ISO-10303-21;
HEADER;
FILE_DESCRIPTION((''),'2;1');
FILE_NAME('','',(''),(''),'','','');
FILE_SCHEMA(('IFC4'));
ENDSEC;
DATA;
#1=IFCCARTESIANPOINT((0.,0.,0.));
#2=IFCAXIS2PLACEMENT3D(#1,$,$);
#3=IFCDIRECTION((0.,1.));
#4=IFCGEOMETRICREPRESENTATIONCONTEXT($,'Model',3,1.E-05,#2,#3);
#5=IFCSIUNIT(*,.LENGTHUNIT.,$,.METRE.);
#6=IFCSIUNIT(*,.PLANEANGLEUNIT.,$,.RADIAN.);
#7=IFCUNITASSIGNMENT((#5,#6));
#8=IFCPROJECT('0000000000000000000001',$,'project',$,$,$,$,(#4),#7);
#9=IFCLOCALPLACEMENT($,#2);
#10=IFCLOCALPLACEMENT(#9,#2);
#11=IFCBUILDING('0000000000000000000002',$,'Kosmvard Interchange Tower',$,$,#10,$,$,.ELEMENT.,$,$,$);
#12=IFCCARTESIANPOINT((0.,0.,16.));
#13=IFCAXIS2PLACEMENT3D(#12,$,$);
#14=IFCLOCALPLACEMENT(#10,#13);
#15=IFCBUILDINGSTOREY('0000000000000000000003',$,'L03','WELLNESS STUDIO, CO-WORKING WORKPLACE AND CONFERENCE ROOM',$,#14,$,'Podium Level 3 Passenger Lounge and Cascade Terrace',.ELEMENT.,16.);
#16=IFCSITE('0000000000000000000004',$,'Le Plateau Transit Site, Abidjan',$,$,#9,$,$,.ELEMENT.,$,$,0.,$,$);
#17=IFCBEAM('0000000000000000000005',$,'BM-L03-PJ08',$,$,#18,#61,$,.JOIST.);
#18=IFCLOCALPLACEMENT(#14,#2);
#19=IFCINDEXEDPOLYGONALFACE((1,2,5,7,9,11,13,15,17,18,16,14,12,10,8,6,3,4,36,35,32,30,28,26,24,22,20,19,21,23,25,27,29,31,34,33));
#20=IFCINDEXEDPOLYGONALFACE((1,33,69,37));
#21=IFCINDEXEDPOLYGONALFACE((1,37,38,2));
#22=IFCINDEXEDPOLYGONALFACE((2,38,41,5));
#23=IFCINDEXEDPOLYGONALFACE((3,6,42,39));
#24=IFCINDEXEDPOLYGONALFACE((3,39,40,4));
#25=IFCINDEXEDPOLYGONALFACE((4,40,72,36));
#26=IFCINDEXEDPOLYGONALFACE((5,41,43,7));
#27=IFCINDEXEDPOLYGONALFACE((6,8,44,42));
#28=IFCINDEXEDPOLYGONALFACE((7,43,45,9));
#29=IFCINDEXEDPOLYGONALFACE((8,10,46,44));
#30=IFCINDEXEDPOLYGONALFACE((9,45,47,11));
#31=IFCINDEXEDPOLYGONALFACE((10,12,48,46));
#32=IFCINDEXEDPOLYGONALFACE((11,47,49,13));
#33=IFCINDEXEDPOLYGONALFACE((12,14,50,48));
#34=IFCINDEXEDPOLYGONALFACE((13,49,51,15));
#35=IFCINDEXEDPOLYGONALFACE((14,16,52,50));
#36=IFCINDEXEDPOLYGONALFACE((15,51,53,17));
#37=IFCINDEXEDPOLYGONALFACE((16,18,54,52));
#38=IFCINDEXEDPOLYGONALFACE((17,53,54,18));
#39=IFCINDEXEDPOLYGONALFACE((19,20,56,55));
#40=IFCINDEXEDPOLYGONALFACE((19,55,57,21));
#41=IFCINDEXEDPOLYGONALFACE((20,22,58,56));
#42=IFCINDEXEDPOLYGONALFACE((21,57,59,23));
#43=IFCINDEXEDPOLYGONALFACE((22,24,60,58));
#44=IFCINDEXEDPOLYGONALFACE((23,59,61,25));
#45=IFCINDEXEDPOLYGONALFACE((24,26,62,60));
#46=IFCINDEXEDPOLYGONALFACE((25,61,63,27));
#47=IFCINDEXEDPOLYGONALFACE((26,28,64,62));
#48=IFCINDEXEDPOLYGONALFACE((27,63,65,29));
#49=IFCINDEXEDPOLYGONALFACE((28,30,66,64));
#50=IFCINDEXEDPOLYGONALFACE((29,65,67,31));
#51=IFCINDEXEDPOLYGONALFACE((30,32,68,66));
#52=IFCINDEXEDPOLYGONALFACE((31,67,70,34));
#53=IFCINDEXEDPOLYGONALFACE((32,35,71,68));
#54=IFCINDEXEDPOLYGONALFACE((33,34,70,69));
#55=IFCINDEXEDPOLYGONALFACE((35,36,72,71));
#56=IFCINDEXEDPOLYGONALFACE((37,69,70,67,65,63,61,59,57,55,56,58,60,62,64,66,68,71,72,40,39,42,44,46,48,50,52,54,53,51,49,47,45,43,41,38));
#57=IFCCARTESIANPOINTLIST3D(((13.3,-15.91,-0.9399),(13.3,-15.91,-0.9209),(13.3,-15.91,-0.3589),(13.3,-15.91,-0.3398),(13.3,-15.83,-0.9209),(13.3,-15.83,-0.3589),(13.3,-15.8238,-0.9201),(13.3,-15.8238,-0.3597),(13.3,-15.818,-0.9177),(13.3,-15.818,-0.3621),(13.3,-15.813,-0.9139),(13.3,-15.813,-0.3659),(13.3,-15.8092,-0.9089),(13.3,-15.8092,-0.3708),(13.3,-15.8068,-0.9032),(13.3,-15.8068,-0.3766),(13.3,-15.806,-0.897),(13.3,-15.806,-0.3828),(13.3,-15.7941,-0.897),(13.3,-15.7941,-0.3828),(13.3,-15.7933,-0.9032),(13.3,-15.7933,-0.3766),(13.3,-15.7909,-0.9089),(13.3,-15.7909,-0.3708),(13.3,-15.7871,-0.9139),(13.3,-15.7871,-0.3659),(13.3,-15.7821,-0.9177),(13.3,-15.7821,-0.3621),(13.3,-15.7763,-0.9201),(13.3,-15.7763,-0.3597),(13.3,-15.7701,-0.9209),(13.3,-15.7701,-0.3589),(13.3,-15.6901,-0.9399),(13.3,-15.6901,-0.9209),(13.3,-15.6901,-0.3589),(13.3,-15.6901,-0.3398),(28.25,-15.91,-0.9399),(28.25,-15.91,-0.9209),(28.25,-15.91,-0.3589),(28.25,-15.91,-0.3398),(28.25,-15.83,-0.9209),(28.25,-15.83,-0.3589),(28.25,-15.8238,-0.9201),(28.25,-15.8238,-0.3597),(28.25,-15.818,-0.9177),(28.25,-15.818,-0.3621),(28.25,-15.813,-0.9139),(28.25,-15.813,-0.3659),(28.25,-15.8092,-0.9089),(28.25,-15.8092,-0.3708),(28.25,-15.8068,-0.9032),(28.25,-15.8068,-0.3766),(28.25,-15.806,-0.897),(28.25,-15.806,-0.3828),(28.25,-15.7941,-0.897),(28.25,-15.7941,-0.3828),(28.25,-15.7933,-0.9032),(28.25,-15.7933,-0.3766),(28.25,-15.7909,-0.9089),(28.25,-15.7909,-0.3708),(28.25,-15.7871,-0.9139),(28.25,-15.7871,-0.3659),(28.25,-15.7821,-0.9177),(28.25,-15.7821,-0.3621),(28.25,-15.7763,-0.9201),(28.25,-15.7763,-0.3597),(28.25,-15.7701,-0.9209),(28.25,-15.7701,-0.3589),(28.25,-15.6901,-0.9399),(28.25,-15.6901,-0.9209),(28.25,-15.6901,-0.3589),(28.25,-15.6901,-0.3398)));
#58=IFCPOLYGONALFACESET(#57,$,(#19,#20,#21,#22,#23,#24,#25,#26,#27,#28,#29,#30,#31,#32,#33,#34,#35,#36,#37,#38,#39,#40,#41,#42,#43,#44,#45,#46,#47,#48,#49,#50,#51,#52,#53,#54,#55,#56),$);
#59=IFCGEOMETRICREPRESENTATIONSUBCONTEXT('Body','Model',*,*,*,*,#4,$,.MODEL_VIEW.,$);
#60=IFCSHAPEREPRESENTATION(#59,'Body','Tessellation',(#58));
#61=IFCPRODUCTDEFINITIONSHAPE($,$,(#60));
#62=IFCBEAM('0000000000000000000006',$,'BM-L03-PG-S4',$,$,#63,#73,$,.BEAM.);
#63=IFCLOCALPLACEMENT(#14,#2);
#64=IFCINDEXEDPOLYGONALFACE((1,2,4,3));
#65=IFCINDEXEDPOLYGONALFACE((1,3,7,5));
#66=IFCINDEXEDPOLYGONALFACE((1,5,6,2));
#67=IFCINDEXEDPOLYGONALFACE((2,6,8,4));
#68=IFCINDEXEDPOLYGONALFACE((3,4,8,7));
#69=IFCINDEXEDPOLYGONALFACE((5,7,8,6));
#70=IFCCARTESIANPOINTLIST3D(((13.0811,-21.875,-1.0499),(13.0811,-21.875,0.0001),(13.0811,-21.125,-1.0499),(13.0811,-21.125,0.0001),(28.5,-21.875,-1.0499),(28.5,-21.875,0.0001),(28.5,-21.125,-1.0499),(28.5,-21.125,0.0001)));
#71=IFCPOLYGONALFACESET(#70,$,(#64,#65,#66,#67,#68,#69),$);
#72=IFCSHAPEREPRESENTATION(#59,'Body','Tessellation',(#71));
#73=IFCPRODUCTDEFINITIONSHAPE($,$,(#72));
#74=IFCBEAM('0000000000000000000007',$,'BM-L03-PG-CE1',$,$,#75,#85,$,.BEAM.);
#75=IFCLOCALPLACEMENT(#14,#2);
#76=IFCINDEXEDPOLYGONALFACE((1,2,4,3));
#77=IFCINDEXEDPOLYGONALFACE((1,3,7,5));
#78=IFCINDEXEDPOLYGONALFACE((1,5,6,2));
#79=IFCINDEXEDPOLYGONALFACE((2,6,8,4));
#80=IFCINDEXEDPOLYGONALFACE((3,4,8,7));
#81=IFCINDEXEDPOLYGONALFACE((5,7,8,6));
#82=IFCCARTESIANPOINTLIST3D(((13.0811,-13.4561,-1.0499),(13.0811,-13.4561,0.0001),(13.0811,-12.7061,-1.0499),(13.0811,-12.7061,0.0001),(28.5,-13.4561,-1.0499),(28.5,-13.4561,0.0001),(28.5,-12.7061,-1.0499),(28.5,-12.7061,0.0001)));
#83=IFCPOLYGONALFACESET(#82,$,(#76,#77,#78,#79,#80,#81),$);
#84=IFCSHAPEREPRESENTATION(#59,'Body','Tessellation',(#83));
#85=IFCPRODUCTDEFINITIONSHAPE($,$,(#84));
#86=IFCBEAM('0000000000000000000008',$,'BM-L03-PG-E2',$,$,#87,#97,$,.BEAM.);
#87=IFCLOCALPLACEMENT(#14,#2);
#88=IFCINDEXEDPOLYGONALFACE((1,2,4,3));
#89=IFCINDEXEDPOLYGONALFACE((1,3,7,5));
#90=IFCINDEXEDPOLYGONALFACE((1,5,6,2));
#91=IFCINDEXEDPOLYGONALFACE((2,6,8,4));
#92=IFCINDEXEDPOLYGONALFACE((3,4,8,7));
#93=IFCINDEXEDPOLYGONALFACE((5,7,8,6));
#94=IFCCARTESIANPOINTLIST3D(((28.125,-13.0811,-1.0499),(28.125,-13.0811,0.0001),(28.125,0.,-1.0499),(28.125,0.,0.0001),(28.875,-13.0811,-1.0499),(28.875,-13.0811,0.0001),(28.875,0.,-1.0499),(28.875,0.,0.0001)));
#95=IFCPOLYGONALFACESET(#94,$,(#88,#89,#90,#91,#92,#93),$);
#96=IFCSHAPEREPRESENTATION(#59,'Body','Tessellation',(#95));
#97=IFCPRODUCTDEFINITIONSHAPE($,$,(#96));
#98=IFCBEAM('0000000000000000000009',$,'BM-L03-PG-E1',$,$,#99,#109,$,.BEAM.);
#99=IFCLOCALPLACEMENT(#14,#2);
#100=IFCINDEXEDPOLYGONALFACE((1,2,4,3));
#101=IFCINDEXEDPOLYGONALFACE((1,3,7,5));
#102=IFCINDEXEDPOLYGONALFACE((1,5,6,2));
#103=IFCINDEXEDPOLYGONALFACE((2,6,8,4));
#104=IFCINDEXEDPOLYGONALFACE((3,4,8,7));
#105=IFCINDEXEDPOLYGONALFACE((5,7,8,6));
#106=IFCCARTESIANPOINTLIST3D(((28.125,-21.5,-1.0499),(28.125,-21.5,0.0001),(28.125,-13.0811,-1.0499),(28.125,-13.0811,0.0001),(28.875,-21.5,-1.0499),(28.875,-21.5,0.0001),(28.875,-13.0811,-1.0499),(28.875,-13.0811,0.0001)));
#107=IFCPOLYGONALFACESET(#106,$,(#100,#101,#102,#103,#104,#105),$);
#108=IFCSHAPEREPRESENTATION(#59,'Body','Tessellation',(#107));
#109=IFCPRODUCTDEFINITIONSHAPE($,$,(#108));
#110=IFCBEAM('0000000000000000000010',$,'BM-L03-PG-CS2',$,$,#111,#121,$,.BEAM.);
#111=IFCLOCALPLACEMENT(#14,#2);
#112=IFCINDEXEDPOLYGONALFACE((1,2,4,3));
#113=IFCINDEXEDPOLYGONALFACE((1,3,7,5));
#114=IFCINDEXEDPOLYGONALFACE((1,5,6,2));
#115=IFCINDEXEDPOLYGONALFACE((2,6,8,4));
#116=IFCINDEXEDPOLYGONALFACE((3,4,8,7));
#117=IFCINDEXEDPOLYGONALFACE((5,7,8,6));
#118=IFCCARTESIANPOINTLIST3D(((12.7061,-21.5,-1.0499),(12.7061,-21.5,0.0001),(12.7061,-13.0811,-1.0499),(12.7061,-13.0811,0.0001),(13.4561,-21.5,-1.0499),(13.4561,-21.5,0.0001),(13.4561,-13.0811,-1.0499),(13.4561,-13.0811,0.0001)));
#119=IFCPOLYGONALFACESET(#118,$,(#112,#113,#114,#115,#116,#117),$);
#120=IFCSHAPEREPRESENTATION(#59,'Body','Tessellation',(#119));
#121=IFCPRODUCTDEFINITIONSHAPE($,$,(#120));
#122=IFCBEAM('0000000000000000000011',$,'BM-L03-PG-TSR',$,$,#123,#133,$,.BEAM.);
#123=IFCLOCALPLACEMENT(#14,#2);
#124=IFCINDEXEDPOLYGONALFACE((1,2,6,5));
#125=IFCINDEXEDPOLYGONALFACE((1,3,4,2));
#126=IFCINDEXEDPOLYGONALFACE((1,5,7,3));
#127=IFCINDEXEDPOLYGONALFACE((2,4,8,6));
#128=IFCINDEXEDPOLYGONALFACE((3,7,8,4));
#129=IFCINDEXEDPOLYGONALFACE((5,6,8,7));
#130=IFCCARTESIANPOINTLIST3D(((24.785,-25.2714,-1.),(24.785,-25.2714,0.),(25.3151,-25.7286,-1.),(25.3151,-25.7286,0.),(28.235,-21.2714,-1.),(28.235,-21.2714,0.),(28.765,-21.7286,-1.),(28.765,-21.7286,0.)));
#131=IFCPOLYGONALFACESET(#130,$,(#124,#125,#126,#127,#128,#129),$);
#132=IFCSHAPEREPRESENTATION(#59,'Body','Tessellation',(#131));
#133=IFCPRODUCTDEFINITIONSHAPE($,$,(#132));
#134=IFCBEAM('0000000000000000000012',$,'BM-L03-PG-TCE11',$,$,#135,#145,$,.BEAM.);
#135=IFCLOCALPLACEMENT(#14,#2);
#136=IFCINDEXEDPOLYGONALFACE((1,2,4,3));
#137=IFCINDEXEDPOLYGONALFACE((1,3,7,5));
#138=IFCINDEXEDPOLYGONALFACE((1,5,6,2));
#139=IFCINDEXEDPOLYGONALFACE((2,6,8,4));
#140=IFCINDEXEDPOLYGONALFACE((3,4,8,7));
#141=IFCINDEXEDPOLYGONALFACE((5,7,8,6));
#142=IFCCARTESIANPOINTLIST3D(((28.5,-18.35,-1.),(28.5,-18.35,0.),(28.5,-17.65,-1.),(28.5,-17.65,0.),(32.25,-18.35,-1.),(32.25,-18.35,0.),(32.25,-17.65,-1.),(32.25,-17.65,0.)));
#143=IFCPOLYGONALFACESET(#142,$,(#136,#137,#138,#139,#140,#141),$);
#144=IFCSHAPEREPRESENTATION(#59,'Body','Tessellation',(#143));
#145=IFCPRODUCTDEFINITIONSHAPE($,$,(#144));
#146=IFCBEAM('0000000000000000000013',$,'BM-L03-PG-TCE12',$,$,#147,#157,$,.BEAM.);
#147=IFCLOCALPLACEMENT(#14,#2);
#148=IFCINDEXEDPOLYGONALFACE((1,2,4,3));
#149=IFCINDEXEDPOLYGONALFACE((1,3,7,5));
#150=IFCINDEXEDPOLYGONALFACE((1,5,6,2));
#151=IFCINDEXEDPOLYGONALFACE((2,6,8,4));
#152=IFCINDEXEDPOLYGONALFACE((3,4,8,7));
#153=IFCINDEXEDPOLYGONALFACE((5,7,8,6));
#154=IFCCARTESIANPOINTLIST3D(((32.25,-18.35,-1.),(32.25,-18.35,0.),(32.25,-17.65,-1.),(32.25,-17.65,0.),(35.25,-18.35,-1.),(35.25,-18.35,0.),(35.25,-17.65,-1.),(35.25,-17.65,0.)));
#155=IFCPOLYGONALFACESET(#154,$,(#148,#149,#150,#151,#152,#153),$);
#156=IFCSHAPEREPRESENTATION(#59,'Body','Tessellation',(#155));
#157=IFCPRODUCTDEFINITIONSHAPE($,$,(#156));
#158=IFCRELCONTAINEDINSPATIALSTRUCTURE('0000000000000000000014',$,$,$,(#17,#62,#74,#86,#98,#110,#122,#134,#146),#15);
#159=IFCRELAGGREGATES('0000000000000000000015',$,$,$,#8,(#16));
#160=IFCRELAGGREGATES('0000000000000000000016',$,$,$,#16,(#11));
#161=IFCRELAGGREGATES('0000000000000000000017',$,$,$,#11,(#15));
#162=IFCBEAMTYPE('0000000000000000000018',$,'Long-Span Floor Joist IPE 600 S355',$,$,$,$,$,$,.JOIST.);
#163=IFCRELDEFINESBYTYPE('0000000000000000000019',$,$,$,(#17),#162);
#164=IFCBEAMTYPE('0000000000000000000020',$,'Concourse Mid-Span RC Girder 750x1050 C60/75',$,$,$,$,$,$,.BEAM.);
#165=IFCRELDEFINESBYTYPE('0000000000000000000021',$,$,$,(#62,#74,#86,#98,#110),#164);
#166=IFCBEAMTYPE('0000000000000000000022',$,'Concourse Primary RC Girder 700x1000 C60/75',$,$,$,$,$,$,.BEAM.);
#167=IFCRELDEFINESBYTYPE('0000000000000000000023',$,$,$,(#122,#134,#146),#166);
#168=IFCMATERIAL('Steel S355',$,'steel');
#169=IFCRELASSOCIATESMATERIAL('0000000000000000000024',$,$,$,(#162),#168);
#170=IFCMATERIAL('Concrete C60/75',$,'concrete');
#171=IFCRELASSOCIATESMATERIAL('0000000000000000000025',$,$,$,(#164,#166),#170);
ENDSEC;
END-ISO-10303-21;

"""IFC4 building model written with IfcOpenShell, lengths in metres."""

from ifc_helpers import new_model, si_unit, direction, frame, origin, origin_2d, place, context, subcontext, project, spatial, rectangle, i_section, extrude, source, transform, mapped, material, material_profile, profile_set, type_object, element, save


model = new_model("IFC4")

# Units and contexts
model_context = context("Model", 3, precision=1e-05, world=origin(), true_north=direction((0.0, 1.0)))
body_context = subcontext(model_context, "Body", "Model", "MODEL_VIEW")
ifc_project = project(units=[si_unit("LENGTHUNIT", "METRE"), si_unit("PLANEANGLEUNIT", "RADIAN")], contexts=[model_context])

# Site, building, storey
site_placement = place(None, origin())
site = spatial("IfcSite", under=ifc_project, at=site_placement, Name="Le Plateau Transit Site, Abidjan", CompositionType="ELEMENT", RefElevation=0.0)
building_placement = place(site_placement, origin())
building = spatial("IfcBuilding", under=site, at=building_placement, Name="Kosmvard Interchange Tower", CompositionType="ELEMENT")
storey_placement = place(building_placement, frame((0.0, 0.0, 16.0)))
storey = spatial("IfcBuildingStorey", under=building, at=storey_placement, Name="L03", Description="WELLNESS STUDIO, CO-WORKING WORKPLACE AND CONFERENCE ROOM", LongName="Podium Level 3 Passenger Lounge and Cascade Terrace", CompositionType="ELEMENT", Elevation=16.0)

# Shared definitions
ifc_material_1 = material(Name="Concrete C60/75", Category="concrete")

# Beams
ifc_material_2 = material(Name="Steel S355", Category="steel")
ifc_material_profile_1 = material_profile(ifc_material_2, i_section(OverallWidth=0.22, OverallDepth=0.6001, WebThickness=0.012, FlangeThickness=0.019, FilletRadius=0.0239, at=origin_2d()), Name="IPE 600")
ifc_profile_set_1 = profile_set([ifc_material_profile_1], Name="Steel S355")
beam_type_1 = type_object("IfcBeamType", Name="Long-Span Floor Joist IPE 600 S355", PredefinedType="JOIST", material=ifc_profile_set_1)
shared_shape_1 = source(origin(), body_context, "Body", "SweptSolid", [
    extrude(i_section(OverallWidth=0.22, OverallDepth=0.6001, WebThickness=0.012, FlangeThickness=0.019, FilletRadius=0.0239, at=origin_2d()), origin(), (0.0, 0.0, 1.0), 14.95),
])
for number, where, z_axis, x_axis, name in (
    (1, (13.3, -15.8, -0.6399), (1.0, 0.0, 0.0), (0.0, 1.0, 0.0), "BM-L03-PJ08"),
):
    element("IfcBeam", number, at=place(storey_placement, frame(where, z_axis=z_axis, x_axis=x_axis)), inside=storey, type_object=beam_type_1, Name=name, PredefinedType="JOIST", context=body_context, shape_type="MappedRepresentation", body=[
        mapped(shared_shape_1, transform((0.0, 0.0, 0.0), scale=1.0)),
    ])
ifc_material_profile_2 = material_profile(ifc_material_1, rectangle(XDim=0.75, YDim=1.05, at=origin_2d()), Name="RCG 750x1050")
ifc_profile_set_2 = profile_set([ifc_material_profile_2], Name="Concrete C60/75")
beam_type_2 = type_object("IfcBeamType", Name="Concourse Mid-Span RC Girder 750x1050 C60/75", PredefinedType="BEAM", material=ifc_profile_set_2)
shared_shape_2 = source(origin(), body_context, "Body", "SweptSolid", [
    extrude(rectangle(XDim=0.75, YDim=1.05, at=origin_2d()), origin(), (0.0, 0.0, 1.0), 15.4189),
])
for number, where, z_axis, x_axis, name in (
    (2, (13.0811, -21.5, -0.5249), (1.0, 0.0, 0.0), (0.0, 1.0, 0.0), "BM-L03-PG-S4"),
    (3, (28.5, -13.0811, -0.5249), (-1.0, 0.0, 0.0), (0.0, -1.0, 0.0), "BM-L03-PG-CE1"),
):
    element("IfcBeam", number, at=place(storey_placement, frame(where, z_axis=z_axis, x_axis=x_axis)), inside=storey, type_object=beam_type_2, Name=name, PredefinedType="BEAM", context=body_context, shape_type="MappedRepresentation", body=[
        mapped(shared_shape_2, transform((0.0, 0.0, 0.0), scale=1.0)),
    ])
shared_shape_3 = source(origin(), body_context, "Body", "SweptSolid", [
    extrude(rectangle(XDim=0.75, YDim=1.05, at=origin_2d()), origin(), (0.0, 0.0, 1.0), 13.0811),
])
beam_1_placement = place(storey_placement, frame((28.5, -13.0811, -0.5249), z_axis=(0.0, 1.0, 0.0), x_axis=(-1.0, 0.0, 0.0)))
element("IfcBeam", 4, at=beam_1_placement, inside=storey, type_object=beam_type_2, Name="BM-L03-PG-E2", PredefinedType="BEAM", context=body_context, shape_type="MappedRepresentation", body=[
    mapped(shared_shape_3, transform((0.0, 0.0, 0.0), scale=1.0)),
])
shared_shape_4 = source(origin(), body_context, "Body", "SweptSolid", [
    extrude(rectangle(XDim=0.75, YDim=1.05, at=origin_2d()), origin(), (0.0, 0.0, 1.0), 8.4189),
])
for number, where, z_axis, x_axis, name in (
    (5, (28.5, -21.5, -0.5249), (0.0, 1.0, 0.0), (-1.0, 0.0, 0.0), "BM-L03-PG-E1"),
    (6, (13.0811, -21.5, -0.5249), (0.0, 1.0, 0.0), (-1.0, 0.0, 0.0), "BM-L03-PG-CS2"),
):
    element("IfcBeam", number, at=place(storey_placement, frame(where, z_axis=z_axis, x_axis=x_axis)), inside=storey, type_object=beam_type_2, Name=name, PredefinedType="BEAM", context=body_context, shape_type="MappedRepresentation", body=[
        mapped(shared_shape_4, transform((0.0, 0.0, 0.0), scale=1.0)),
    ])
ifc_material_profile_3 = material_profile(ifc_material_1, rectangle(XDim=0.7, YDim=1.0, at=origin_2d()), Name="RCG 700x1000")
ifc_profile_set_3 = profile_set([ifc_material_profile_3], Name="Concrete C60/75")
beam_type_3 = type_object("IfcBeamType", Name="Concourse Primary RC Girder 700x1000 C60/75", PredefinedType="BEAM", material=ifc_profile_set_3)
shared_shape_5 = source(origin(), body_context, "Body", "SweptSolid", [
    extrude(rectangle(XDim=0.7, YDim=1.0, at=origin_2d()), origin(), (0.0, 0.0, 1.0), 5.2822),
])
beam_2_placement = place(storey_placement, frame((25.05, -25.5, -0.5), z_axis=(0.653122, 0.757253, 0.0), x_axis=(-0.757253, 0.653122, 0.0)))
element("IfcBeam", 7, at=beam_2_placement, inside=storey, type_object=beam_type_3, Name="BM-L03-PG-TSR", PredefinedType="BEAM", context=body_context, shape_type="MappedRepresentation", body=[
    mapped(shared_shape_5, transform((0.0, 0.0, 0.0), scale=1.0)),
])
shared_shape_6 = source(origin(), body_context, "Body", "SweptSolid", [
    extrude(rectangle(XDim=0.7, YDim=1.0, at=origin_2d()), origin(), (0.0, 0.0, 1.0), 3.75),
])
beam_3_placement = place(storey_placement, frame((28.5, -18.0, -0.5), z_axis=(1.0, 0.0, 0.0), x_axis=(0.0, 1.0, 0.0)))
element("IfcBeam", 8, at=beam_3_placement, inside=storey, type_object=beam_type_3, Name="BM-L03-PG-TCE11", PredefinedType="BEAM", context=body_context, shape_type="MappedRepresentation", body=[
    mapped(shared_shape_6, transform((0.0, 0.0, 0.0), scale=1.0)),
])
shared_shape_7 = source(origin(), body_context, "Body", "SweptSolid", [
    extrude(rectangle(XDim=0.7, YDim=1.0, at=origin_2d()), origin(), (0.0, 0.0, 1.0), 3.0),
])
beam_4_placement = place(storey_placement, frame((32.25, -18.0, -0.5), z_axis=(1.0, 0.0, 0.0), x_axis=(0.0, 1.0, 0.0)))
element("IfcBeam", 9, at=beam_4_placement, inside=storey, type_object=beam_type_3, Name="BM-L03-PG-TCE12", PredefinedType="BEAM", context=body_context, shape_type="MappedRepresentation", body=[
    mapped(shared_shape_7, transform((0.0, 0.0, 0.0), scale=1.0)),
])

save(model, "model.ifc")
